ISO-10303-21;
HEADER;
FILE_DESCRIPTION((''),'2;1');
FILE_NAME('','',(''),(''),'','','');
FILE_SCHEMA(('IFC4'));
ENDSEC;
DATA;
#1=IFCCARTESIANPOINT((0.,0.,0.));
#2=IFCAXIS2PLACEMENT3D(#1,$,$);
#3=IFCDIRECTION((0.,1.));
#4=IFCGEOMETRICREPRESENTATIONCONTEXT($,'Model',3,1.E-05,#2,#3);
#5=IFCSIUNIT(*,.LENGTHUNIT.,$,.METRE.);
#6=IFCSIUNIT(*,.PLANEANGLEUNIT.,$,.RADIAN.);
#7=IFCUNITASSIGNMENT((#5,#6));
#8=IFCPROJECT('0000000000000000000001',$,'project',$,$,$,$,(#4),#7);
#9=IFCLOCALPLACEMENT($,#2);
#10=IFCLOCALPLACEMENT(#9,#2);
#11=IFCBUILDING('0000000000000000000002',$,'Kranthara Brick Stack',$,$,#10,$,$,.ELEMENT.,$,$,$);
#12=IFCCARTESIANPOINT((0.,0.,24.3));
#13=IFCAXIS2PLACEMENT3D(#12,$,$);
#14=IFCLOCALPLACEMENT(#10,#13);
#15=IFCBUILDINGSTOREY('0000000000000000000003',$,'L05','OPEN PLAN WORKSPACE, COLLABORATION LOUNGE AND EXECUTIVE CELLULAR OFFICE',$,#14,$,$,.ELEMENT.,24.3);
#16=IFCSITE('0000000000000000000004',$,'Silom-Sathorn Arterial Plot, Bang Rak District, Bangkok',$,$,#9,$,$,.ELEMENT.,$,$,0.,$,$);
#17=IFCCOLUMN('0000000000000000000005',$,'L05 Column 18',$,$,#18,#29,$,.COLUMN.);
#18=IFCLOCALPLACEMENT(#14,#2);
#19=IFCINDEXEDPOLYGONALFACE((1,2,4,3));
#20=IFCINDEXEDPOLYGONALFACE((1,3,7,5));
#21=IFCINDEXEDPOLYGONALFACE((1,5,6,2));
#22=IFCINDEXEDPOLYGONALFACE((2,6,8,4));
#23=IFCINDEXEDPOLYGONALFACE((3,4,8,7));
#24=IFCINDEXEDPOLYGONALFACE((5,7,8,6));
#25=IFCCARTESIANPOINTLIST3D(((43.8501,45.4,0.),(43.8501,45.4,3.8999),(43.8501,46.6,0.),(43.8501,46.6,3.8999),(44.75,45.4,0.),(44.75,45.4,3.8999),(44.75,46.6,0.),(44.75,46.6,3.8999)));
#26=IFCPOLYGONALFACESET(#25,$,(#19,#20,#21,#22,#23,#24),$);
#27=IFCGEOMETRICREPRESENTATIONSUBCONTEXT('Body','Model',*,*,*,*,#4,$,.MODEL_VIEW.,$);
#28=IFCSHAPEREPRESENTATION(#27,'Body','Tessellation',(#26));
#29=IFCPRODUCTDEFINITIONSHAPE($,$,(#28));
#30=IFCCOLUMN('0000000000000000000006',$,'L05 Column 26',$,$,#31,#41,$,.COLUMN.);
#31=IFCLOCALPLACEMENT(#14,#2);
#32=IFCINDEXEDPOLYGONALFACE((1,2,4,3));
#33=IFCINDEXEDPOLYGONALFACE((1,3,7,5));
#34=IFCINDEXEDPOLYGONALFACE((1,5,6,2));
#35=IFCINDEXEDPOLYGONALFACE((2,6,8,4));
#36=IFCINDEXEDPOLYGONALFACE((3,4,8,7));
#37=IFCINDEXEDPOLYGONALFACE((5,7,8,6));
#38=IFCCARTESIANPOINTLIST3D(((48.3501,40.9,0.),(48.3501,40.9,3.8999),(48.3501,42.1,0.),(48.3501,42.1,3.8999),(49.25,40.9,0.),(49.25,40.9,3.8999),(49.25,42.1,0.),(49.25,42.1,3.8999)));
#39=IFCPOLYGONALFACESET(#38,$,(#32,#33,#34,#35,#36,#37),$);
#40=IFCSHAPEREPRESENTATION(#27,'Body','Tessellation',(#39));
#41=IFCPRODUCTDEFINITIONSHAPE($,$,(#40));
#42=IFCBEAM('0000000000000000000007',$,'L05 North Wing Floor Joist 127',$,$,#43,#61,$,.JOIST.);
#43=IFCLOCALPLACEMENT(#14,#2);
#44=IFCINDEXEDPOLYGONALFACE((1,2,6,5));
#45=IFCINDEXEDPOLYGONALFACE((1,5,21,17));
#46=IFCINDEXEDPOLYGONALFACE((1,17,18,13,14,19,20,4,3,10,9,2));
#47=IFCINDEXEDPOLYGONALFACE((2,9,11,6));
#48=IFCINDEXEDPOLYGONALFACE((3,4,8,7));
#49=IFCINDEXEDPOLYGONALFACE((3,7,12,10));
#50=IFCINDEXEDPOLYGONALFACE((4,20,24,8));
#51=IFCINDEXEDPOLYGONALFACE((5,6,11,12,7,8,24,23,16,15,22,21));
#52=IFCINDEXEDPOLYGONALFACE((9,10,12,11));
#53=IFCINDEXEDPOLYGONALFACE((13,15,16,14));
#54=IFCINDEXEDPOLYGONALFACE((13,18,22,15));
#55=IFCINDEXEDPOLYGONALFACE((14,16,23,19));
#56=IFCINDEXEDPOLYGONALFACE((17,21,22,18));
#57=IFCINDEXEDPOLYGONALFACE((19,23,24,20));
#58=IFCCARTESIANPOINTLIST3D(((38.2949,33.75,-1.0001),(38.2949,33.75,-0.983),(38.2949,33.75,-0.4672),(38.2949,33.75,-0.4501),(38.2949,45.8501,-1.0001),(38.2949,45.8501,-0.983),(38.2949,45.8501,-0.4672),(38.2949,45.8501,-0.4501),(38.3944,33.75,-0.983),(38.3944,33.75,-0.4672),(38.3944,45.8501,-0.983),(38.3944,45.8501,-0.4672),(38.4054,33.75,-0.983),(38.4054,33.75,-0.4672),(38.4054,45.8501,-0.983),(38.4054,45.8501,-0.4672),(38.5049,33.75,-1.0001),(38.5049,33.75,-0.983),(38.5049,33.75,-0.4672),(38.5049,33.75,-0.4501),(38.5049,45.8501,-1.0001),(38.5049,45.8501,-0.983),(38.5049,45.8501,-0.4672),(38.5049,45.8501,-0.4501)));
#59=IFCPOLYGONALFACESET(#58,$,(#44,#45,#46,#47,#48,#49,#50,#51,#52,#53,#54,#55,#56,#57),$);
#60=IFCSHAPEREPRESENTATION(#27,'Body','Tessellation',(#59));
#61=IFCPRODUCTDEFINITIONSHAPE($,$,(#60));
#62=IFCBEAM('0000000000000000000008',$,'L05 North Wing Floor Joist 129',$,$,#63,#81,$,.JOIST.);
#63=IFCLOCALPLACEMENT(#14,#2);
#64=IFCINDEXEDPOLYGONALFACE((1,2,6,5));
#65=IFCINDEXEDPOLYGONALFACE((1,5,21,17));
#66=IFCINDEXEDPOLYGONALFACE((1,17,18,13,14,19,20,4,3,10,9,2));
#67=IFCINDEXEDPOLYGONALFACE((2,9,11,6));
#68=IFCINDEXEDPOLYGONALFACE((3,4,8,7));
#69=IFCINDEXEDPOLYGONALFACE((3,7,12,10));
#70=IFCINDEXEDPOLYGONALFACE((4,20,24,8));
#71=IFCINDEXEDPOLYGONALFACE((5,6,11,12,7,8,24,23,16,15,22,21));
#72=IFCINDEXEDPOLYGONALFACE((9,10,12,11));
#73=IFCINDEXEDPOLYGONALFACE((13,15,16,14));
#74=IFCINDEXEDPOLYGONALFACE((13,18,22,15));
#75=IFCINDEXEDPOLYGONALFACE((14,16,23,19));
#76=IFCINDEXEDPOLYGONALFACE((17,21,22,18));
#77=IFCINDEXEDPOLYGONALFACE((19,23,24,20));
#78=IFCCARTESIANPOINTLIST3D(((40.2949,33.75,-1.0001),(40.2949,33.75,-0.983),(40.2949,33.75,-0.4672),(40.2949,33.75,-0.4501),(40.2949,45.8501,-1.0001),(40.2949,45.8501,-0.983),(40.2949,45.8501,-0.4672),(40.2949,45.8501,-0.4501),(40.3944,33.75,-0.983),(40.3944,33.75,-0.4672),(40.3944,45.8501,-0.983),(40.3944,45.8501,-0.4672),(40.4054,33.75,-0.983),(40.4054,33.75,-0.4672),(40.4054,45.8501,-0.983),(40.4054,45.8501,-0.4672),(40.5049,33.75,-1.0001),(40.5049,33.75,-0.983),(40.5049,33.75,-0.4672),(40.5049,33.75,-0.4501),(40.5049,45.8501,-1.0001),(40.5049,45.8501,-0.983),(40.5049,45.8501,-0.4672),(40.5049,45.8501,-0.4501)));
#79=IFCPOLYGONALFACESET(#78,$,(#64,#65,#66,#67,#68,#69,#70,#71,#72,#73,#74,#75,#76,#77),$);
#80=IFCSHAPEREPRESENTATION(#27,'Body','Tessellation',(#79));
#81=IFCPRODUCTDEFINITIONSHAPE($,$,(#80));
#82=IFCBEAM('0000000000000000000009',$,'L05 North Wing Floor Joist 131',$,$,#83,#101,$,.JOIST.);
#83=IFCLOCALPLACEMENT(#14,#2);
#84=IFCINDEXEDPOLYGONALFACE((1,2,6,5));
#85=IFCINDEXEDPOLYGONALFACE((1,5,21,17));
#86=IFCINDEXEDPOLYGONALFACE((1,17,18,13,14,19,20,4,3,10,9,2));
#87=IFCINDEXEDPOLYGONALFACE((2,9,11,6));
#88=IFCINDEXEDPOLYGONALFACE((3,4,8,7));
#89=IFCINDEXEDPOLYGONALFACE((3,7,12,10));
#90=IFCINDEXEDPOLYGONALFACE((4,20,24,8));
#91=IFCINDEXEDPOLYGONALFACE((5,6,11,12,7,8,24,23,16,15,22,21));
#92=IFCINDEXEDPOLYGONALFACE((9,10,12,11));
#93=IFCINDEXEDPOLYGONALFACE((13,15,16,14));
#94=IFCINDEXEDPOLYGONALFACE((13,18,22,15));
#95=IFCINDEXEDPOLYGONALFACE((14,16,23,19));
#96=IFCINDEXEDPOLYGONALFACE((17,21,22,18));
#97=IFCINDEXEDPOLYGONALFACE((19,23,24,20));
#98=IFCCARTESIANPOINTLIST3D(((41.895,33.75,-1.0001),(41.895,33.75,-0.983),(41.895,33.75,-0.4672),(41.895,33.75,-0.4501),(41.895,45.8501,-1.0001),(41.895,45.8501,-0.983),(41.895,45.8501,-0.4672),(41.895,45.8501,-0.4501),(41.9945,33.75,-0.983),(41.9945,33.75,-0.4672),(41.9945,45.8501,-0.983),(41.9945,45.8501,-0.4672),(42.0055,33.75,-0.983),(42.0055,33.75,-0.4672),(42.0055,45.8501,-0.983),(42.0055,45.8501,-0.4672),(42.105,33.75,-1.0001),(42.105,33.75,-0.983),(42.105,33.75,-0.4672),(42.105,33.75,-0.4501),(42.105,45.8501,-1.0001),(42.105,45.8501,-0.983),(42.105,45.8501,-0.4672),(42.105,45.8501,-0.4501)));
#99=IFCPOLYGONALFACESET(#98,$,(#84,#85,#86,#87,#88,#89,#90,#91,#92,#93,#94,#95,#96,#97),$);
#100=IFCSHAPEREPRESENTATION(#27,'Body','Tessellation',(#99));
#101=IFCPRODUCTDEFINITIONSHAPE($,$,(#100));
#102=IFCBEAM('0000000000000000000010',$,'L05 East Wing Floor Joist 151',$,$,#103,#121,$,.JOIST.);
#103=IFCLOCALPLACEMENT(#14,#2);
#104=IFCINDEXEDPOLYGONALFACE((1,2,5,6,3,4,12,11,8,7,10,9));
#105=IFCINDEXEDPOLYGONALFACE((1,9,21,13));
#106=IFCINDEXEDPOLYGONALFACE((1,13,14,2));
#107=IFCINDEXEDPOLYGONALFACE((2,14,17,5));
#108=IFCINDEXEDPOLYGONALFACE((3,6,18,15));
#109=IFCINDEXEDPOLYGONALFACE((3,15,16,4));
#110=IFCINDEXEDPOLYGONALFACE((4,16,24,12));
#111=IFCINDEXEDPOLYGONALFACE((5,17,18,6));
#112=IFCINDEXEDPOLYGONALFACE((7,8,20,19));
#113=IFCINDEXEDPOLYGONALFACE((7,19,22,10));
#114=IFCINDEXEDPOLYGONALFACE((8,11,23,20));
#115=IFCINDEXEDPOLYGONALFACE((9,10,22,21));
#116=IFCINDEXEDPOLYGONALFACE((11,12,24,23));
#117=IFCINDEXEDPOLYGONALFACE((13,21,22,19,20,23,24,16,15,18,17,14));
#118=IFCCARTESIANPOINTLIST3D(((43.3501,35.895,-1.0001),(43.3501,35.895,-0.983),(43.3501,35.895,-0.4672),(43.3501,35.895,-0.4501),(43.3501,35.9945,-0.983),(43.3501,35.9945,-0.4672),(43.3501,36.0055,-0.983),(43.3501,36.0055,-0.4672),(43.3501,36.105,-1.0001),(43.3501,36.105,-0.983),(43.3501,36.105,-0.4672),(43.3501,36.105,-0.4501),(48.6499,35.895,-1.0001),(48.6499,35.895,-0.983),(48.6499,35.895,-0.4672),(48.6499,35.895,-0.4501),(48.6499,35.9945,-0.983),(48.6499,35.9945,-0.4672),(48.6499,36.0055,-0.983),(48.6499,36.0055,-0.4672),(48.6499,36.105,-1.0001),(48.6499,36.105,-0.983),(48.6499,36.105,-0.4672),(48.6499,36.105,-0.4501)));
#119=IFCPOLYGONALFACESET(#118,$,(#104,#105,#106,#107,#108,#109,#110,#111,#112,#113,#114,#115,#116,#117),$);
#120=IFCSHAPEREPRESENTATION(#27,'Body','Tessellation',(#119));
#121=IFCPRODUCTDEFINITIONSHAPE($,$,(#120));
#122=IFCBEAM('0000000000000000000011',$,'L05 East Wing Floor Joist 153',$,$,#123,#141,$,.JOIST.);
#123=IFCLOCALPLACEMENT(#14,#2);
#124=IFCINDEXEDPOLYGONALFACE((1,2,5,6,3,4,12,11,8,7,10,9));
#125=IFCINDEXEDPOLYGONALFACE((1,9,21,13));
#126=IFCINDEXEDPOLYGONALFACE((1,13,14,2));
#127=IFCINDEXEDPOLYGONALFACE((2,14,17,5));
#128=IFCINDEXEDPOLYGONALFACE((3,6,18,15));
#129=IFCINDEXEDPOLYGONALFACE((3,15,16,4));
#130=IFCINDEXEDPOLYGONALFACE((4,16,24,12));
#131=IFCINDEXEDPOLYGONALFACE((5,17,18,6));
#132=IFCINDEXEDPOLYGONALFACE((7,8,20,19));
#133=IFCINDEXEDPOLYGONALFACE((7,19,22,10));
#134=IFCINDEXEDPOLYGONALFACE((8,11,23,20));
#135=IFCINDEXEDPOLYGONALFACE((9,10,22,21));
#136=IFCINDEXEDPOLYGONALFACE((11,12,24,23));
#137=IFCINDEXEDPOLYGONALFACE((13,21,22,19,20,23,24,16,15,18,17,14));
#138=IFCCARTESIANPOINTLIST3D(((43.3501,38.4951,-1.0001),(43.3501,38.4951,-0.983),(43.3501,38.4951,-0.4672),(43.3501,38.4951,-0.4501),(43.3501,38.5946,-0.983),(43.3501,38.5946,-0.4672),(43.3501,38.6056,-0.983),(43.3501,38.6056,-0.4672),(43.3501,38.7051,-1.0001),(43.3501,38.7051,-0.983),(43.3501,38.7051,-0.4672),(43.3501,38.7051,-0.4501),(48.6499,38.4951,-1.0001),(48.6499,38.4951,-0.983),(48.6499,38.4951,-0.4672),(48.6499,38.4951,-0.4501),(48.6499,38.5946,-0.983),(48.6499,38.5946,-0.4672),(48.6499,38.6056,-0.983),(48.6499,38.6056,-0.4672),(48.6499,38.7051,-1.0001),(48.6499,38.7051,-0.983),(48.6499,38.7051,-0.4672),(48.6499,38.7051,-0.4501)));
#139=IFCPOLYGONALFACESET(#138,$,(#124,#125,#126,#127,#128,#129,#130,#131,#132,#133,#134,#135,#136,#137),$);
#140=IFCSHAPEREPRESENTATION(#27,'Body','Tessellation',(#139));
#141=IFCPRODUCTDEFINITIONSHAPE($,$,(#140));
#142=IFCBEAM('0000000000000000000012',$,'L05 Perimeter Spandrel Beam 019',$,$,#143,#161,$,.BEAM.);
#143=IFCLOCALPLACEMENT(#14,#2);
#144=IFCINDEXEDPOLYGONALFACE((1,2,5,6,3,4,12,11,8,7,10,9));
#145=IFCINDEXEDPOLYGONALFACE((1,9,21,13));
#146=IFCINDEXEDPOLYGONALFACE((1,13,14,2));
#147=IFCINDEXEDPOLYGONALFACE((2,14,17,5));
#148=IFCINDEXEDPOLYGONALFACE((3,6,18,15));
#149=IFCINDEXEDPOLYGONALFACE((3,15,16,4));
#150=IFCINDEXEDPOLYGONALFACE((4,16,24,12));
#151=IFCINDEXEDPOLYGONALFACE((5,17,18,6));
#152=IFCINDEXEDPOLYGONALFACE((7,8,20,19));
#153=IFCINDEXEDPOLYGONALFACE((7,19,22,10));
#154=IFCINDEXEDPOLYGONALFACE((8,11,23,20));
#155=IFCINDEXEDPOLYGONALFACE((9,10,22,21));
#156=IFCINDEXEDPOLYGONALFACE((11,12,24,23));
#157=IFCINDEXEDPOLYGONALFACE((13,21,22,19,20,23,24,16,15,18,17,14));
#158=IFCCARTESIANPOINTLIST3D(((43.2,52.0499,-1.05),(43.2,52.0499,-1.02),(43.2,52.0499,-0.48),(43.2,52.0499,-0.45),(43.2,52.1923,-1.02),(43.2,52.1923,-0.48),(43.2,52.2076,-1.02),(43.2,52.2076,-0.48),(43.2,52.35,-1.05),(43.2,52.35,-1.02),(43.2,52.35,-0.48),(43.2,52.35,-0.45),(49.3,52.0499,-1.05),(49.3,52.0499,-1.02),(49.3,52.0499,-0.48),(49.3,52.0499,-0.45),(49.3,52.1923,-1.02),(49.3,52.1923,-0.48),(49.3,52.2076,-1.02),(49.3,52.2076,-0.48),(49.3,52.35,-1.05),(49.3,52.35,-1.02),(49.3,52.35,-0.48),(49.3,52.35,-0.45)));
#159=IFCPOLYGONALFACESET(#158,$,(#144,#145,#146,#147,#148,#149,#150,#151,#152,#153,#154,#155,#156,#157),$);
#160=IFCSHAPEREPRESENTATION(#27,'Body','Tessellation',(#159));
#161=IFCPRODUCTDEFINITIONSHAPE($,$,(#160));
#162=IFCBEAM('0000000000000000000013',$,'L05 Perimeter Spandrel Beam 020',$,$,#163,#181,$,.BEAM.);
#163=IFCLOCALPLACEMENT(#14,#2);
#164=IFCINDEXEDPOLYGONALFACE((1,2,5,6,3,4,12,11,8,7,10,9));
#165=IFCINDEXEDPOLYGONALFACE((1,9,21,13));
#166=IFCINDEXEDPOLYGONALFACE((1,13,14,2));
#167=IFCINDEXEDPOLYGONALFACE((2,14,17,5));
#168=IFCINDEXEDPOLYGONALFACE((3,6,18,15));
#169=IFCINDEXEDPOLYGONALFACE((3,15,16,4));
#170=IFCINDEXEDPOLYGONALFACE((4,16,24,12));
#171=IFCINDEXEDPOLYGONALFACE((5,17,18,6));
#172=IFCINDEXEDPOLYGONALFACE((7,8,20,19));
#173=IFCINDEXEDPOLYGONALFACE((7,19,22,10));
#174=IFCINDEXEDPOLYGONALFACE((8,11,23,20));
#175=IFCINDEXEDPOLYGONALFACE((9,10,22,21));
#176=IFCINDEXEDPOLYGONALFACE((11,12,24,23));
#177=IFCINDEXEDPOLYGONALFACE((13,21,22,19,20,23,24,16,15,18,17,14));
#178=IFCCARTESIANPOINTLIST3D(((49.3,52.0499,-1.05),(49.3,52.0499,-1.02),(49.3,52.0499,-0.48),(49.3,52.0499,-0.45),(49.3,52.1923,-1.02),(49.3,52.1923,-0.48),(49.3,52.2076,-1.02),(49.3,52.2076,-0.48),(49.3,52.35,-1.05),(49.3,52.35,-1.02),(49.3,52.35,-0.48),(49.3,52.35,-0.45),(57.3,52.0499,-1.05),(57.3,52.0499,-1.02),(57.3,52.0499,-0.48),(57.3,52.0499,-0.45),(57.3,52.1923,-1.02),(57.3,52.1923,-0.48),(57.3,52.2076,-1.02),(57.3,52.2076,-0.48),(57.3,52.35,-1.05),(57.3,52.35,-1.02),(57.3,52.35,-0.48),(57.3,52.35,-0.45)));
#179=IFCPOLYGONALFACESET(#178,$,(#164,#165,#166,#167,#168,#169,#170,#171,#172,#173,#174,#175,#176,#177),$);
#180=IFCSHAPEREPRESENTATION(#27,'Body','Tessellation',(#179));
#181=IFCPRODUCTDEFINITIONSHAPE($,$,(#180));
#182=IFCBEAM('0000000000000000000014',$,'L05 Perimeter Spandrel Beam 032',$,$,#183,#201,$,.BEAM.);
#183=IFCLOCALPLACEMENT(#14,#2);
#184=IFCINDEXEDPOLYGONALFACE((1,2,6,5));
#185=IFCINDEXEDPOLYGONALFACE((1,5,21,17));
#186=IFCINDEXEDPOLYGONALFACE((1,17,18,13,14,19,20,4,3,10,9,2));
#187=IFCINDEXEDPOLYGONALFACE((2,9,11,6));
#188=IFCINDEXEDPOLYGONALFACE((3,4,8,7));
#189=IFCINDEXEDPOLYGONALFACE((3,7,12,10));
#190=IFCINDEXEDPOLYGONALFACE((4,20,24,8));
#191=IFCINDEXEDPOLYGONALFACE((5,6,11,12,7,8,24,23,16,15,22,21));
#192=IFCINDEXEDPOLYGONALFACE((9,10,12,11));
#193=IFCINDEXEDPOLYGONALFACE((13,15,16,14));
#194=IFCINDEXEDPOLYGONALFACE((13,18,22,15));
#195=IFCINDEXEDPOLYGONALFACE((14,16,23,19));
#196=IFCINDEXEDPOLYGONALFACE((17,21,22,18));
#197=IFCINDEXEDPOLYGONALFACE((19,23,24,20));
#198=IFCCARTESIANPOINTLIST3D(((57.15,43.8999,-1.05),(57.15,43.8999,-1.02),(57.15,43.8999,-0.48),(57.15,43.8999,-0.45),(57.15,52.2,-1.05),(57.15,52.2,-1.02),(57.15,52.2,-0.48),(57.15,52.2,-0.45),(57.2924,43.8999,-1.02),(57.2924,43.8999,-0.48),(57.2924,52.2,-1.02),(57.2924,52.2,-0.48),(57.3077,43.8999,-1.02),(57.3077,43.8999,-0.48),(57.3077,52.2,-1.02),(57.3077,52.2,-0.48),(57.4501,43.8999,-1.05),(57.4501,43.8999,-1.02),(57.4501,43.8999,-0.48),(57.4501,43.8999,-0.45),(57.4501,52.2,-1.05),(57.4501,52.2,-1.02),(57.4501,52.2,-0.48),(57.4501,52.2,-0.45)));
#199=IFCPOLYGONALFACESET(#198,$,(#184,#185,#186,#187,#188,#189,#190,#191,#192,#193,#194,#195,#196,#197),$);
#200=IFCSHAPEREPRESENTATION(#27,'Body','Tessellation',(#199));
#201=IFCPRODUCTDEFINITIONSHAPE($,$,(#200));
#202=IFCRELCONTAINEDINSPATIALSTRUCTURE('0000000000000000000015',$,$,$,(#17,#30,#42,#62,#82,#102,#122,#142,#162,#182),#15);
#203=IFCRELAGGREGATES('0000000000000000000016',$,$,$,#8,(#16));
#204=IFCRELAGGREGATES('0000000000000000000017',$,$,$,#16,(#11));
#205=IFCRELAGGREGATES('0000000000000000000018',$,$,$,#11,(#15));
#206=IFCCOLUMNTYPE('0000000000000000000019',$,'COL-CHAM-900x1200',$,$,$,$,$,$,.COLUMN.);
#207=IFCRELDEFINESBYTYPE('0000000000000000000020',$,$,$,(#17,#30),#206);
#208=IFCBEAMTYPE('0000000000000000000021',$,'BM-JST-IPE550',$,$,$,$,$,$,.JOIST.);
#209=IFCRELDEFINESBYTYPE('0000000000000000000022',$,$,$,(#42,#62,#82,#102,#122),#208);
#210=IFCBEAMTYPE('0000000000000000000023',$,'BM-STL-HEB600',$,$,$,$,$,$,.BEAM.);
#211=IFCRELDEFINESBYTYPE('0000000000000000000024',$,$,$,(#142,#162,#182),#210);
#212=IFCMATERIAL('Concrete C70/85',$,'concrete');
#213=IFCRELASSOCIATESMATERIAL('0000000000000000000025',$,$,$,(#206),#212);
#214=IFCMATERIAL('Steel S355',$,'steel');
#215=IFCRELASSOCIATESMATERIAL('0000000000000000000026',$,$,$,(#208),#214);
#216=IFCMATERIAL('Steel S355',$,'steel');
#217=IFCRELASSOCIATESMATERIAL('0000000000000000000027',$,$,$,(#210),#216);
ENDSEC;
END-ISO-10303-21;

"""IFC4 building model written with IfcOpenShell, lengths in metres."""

from ifc_helpers import new_model, si_unit, direction, frame, origin, origin_2d, place, context, subcontext, project, spatial, rectangle, i_section, extrude, material, material_profile, profile_set, type_object, element, save


model = new_model("IFC4")

# Units and contexts
model_context = context("Model", 3, precision=1e-05, world=origin(), true_north=direction((0.0, 1.0)))
body_context = subcontext(model_context, "Body", "Model", "MODEL_VIEW")
ifc_project = project(units=[si_unit("LENGTHUNIT", "METRE"), si_unit("PLANEANGLEUNIT", "RADIAN")], contexts=[model_context])

# Site, building, storey
site_placement = place(None, origin())
site = spatial("IfcSite", under=ifc_project, at=site_placement, Name="Silom-Sathorn Arterial Plot, Bang Rak District, Bangkok", CompositionType="ELEMENT", RefElevation=0.0)
building_placement = place(site_placement, origin())
building = spatial("IfcBuilding", under=site, at=building_placement, Name="Kranthara Brick Stack", CompositionType="ELEMENT")
storey_placement = place(building_placement, frame((0.0, 0.0, 24.3)))
storey = spatial("IfcBuildingStorey", under=building, at=storey_placement, Name="L05", Description="OPEN PLAN WORKSPACE, COLLABORATION LOUNGE AND EXECUTIVE CELLULAR OFFICE", CompositionType="ELEMENT", Elevation=24.3)

# Columns
ifc_material_1 = material(Name="Concrete C70/85", Category="concrete")
ifc_material_profile_1 = material_profile(ifc_material_1, rectangle(XDim=0.8999, YDim=1.2, at=origin_2d()), Name="RC 900x1200")
ifc_profile_set_1 = profile_set([ifc_material_profile_1], Name="Concrete C70/85")
column_type = type_object("IfcColumnType", Name="COL-CHAM-900x1200", PredefinedType="COLUMN", material=ifc_profile_set_1)
for number, where, z_axis, x_axis, name in (
    (1, (44.3, 46.0, 0.0), (0.0, 0.0, 1.0), (1.0, 0.0, 0.0), "L05 Column 18"),
    (2, (48.8, 41.5, 0.0), (0.0, 0.0, 1.0), (1.0, 0.0, 0.0), "L05 Column 26"),
):
    element("IfcColumn", number, at=place(storey_placement, frame(where, z_axis=z_axis, x_axis=x_axis)), inside=storey, type_object=column_type, Name=name, PredefinedType="COLUMN", context=body_context, shape_type="SweptSolid", body=[
        extrude(rectangle(XDim=0.8999, YDim=1.2, at=origin_2d()), origin(), (0.0, 0.0, 1.0), 3.8999),
    ])

# Beams
ifc_material_2 = material(Name="Steel S355", Category="steel")
ifc_material_profile_2 = material_profile(ifc_material_2, i_section(OverallWidth=0.21, OverallDepth=0.55, WebThickness=0.011, FlangeThickness=0.0171, at=origin_2d()), Name="IPE 550")
ifc_profile_set_2 = profile_set([ifc_material_profile_2], Name="Steel S355")
beam_type_1 = type_object("IfcBeamType", Name="BM-JST-IPE550", PredefinedType="JOIST", material=ifc_profile_set_2)
for number, where, z_axis, x_axis, name in (
    (3, (38.3999, 33.75, -0.7251), (0.0, 1.0, 0.0), (-1.0, 0.0, 0.0), "L05 North Wing Floor Joist 127"),
    (4, (40.3999, 33.75, -0.7251), (0.0, 1.0, 0.0), (-1.0, 0.0, 0.0), "L05 North Wing Floor Joist 129"),
    (5, (42.0, 33.75, -0.7251), (0.0, 1.0, 0.0), (-1.0, 0.0, 0.0), "L05 North Wing Floor Joist 131"),
):
    element("IfcBeam", number, at=place(storey_placement, frame(where, z_axis=z_axis, x_axis=x_axis)), inside=storey, type_object=beam_type_1, Name=name, PredefinedType="JOIST", context=body_context, shape_type="SweptSolid", body=[
        extrude(i_section(OverallWidth=0.21, OverallDepth=0.55, WebThickness=0.011, FlangeThickness=0.0171, at=origin_2d()), origin(), (0.0, 0.0, 1.0), 12.1001),
    ])
for number, where, z_axis, x_axis, name in (
    (6, (43.3501, 36.0, -0.7251), (1.0, 0.0, 0.0), (0.0, 1.0, 0.0), "L05 East Wing Floor Joist 151"),
    (7, (43.3501, 38.6001, -0.7251), (1.0, 0.0, 0.0), (0.0, 1.0, 0.0), "L05 East Wing Floor Joist 153"),
):
    element("IfcBeam", number, at=place(storey_placement, frame(where, z_axis=z_axis, x_axis=x_axis)), inside=storey, type_object=beam_type_1, Name=name, PredefinedType="JOIST", context=body_context, shape_type="SweptSolid", body=[
        extrude(i_section(OverallWidth=0.21, OverallDepth=0.55, WebThickness=0.011, FlangeThickness=0.0171, at=origin_2d()), origin(), (0.0, 0.0, 1.0), 5.2998),
    ])
ifc_material_3 = material(Name="Steel S355", Category="steel")
ifc_material_profile_3 = material_profile(ifc_material_3, i_section(OverallWidth=0.3, OverallDepth=0.6001, WebThickness=0.0154, FlangeThickness=0.03, at=origin_2d()), Name="HEB 600")
ifc_profile_set_3 = profile_set([ifc_material_profile_3], Name="Steel S355")
beam_type_2 = type_object("IfcBeamType", Name="BM-STL-HEB600", PredefinedType="BEAM", material=ifc_profile_set_3)
beam_1_placement = place(storey_placement, frame((43.2, 52.2, -0.75), z_axis=(1.0, 0.0, 0.0), x_axis=(0.0, 1.0, 0.0)))
element("IfcBeam", 8, at=beam_1_placement, inside=storey, type_object=beam_type_2, Name="L05 Perimeter Spandrel Beam 019", PredefinedType="BEAM", context=body_context, shape_type="SweptSolid", body=[
    extrude(i_section(OverallWidth=0.3, OverallDepth=0.6001, WebThickness=0.0154, FlangeThickness=0.03, at=origin_2d()), origin(), (0.0, 0.0, 1.0), 6.1001),
])
beam_2_placement = place(storey_placement, frame((49.3, 52.2, -0.75), z_axis=(1.0, 0.0, 0.0), x_axis=(0.0, 1.0, 0.0)))
element("IfcBeam", 9, at=beam_2_placement, inside=storey, type_object=beam_type_2, Name="L05 Perimeter Spandrel Beam 020", PredefinedType="BEAM", context=body_context, shape_type="SweptSolid", body=[
    extrude(i_section(OverallWidth=0.3, OverallDepth=0.6001, WebThickness=0.0154, FlangeThickness=0.03, at=origin_2d()), origin(), (0.0, 0.0, 1.0), 8.0),
])
beam_3_placement = place(storey_placement, frame((57.3, 43.8999, -0.75), z_axis=(0.0, 1.0, 0.0), x_axis=(-1.0, 0.0, 0.0)))
element("IfcBeam", 10, at=beam_3_placement, inside=storey, type_object=beam_type_2, Name="L05 Perimeter Spandrel Beam 032", PredefinedType="BEAM", context=body_context, shape_type="SweptSolid", body=[
    extrude(i_section(OverallWidth=0.3, OverallDepth=0.6001, WebThickness=0.0154, FlangeThickness=0.03, at=origin_2d()), origin(), (0.0, 0.0, 1.0), 8.3),
])

save(model, "model.ifc")
